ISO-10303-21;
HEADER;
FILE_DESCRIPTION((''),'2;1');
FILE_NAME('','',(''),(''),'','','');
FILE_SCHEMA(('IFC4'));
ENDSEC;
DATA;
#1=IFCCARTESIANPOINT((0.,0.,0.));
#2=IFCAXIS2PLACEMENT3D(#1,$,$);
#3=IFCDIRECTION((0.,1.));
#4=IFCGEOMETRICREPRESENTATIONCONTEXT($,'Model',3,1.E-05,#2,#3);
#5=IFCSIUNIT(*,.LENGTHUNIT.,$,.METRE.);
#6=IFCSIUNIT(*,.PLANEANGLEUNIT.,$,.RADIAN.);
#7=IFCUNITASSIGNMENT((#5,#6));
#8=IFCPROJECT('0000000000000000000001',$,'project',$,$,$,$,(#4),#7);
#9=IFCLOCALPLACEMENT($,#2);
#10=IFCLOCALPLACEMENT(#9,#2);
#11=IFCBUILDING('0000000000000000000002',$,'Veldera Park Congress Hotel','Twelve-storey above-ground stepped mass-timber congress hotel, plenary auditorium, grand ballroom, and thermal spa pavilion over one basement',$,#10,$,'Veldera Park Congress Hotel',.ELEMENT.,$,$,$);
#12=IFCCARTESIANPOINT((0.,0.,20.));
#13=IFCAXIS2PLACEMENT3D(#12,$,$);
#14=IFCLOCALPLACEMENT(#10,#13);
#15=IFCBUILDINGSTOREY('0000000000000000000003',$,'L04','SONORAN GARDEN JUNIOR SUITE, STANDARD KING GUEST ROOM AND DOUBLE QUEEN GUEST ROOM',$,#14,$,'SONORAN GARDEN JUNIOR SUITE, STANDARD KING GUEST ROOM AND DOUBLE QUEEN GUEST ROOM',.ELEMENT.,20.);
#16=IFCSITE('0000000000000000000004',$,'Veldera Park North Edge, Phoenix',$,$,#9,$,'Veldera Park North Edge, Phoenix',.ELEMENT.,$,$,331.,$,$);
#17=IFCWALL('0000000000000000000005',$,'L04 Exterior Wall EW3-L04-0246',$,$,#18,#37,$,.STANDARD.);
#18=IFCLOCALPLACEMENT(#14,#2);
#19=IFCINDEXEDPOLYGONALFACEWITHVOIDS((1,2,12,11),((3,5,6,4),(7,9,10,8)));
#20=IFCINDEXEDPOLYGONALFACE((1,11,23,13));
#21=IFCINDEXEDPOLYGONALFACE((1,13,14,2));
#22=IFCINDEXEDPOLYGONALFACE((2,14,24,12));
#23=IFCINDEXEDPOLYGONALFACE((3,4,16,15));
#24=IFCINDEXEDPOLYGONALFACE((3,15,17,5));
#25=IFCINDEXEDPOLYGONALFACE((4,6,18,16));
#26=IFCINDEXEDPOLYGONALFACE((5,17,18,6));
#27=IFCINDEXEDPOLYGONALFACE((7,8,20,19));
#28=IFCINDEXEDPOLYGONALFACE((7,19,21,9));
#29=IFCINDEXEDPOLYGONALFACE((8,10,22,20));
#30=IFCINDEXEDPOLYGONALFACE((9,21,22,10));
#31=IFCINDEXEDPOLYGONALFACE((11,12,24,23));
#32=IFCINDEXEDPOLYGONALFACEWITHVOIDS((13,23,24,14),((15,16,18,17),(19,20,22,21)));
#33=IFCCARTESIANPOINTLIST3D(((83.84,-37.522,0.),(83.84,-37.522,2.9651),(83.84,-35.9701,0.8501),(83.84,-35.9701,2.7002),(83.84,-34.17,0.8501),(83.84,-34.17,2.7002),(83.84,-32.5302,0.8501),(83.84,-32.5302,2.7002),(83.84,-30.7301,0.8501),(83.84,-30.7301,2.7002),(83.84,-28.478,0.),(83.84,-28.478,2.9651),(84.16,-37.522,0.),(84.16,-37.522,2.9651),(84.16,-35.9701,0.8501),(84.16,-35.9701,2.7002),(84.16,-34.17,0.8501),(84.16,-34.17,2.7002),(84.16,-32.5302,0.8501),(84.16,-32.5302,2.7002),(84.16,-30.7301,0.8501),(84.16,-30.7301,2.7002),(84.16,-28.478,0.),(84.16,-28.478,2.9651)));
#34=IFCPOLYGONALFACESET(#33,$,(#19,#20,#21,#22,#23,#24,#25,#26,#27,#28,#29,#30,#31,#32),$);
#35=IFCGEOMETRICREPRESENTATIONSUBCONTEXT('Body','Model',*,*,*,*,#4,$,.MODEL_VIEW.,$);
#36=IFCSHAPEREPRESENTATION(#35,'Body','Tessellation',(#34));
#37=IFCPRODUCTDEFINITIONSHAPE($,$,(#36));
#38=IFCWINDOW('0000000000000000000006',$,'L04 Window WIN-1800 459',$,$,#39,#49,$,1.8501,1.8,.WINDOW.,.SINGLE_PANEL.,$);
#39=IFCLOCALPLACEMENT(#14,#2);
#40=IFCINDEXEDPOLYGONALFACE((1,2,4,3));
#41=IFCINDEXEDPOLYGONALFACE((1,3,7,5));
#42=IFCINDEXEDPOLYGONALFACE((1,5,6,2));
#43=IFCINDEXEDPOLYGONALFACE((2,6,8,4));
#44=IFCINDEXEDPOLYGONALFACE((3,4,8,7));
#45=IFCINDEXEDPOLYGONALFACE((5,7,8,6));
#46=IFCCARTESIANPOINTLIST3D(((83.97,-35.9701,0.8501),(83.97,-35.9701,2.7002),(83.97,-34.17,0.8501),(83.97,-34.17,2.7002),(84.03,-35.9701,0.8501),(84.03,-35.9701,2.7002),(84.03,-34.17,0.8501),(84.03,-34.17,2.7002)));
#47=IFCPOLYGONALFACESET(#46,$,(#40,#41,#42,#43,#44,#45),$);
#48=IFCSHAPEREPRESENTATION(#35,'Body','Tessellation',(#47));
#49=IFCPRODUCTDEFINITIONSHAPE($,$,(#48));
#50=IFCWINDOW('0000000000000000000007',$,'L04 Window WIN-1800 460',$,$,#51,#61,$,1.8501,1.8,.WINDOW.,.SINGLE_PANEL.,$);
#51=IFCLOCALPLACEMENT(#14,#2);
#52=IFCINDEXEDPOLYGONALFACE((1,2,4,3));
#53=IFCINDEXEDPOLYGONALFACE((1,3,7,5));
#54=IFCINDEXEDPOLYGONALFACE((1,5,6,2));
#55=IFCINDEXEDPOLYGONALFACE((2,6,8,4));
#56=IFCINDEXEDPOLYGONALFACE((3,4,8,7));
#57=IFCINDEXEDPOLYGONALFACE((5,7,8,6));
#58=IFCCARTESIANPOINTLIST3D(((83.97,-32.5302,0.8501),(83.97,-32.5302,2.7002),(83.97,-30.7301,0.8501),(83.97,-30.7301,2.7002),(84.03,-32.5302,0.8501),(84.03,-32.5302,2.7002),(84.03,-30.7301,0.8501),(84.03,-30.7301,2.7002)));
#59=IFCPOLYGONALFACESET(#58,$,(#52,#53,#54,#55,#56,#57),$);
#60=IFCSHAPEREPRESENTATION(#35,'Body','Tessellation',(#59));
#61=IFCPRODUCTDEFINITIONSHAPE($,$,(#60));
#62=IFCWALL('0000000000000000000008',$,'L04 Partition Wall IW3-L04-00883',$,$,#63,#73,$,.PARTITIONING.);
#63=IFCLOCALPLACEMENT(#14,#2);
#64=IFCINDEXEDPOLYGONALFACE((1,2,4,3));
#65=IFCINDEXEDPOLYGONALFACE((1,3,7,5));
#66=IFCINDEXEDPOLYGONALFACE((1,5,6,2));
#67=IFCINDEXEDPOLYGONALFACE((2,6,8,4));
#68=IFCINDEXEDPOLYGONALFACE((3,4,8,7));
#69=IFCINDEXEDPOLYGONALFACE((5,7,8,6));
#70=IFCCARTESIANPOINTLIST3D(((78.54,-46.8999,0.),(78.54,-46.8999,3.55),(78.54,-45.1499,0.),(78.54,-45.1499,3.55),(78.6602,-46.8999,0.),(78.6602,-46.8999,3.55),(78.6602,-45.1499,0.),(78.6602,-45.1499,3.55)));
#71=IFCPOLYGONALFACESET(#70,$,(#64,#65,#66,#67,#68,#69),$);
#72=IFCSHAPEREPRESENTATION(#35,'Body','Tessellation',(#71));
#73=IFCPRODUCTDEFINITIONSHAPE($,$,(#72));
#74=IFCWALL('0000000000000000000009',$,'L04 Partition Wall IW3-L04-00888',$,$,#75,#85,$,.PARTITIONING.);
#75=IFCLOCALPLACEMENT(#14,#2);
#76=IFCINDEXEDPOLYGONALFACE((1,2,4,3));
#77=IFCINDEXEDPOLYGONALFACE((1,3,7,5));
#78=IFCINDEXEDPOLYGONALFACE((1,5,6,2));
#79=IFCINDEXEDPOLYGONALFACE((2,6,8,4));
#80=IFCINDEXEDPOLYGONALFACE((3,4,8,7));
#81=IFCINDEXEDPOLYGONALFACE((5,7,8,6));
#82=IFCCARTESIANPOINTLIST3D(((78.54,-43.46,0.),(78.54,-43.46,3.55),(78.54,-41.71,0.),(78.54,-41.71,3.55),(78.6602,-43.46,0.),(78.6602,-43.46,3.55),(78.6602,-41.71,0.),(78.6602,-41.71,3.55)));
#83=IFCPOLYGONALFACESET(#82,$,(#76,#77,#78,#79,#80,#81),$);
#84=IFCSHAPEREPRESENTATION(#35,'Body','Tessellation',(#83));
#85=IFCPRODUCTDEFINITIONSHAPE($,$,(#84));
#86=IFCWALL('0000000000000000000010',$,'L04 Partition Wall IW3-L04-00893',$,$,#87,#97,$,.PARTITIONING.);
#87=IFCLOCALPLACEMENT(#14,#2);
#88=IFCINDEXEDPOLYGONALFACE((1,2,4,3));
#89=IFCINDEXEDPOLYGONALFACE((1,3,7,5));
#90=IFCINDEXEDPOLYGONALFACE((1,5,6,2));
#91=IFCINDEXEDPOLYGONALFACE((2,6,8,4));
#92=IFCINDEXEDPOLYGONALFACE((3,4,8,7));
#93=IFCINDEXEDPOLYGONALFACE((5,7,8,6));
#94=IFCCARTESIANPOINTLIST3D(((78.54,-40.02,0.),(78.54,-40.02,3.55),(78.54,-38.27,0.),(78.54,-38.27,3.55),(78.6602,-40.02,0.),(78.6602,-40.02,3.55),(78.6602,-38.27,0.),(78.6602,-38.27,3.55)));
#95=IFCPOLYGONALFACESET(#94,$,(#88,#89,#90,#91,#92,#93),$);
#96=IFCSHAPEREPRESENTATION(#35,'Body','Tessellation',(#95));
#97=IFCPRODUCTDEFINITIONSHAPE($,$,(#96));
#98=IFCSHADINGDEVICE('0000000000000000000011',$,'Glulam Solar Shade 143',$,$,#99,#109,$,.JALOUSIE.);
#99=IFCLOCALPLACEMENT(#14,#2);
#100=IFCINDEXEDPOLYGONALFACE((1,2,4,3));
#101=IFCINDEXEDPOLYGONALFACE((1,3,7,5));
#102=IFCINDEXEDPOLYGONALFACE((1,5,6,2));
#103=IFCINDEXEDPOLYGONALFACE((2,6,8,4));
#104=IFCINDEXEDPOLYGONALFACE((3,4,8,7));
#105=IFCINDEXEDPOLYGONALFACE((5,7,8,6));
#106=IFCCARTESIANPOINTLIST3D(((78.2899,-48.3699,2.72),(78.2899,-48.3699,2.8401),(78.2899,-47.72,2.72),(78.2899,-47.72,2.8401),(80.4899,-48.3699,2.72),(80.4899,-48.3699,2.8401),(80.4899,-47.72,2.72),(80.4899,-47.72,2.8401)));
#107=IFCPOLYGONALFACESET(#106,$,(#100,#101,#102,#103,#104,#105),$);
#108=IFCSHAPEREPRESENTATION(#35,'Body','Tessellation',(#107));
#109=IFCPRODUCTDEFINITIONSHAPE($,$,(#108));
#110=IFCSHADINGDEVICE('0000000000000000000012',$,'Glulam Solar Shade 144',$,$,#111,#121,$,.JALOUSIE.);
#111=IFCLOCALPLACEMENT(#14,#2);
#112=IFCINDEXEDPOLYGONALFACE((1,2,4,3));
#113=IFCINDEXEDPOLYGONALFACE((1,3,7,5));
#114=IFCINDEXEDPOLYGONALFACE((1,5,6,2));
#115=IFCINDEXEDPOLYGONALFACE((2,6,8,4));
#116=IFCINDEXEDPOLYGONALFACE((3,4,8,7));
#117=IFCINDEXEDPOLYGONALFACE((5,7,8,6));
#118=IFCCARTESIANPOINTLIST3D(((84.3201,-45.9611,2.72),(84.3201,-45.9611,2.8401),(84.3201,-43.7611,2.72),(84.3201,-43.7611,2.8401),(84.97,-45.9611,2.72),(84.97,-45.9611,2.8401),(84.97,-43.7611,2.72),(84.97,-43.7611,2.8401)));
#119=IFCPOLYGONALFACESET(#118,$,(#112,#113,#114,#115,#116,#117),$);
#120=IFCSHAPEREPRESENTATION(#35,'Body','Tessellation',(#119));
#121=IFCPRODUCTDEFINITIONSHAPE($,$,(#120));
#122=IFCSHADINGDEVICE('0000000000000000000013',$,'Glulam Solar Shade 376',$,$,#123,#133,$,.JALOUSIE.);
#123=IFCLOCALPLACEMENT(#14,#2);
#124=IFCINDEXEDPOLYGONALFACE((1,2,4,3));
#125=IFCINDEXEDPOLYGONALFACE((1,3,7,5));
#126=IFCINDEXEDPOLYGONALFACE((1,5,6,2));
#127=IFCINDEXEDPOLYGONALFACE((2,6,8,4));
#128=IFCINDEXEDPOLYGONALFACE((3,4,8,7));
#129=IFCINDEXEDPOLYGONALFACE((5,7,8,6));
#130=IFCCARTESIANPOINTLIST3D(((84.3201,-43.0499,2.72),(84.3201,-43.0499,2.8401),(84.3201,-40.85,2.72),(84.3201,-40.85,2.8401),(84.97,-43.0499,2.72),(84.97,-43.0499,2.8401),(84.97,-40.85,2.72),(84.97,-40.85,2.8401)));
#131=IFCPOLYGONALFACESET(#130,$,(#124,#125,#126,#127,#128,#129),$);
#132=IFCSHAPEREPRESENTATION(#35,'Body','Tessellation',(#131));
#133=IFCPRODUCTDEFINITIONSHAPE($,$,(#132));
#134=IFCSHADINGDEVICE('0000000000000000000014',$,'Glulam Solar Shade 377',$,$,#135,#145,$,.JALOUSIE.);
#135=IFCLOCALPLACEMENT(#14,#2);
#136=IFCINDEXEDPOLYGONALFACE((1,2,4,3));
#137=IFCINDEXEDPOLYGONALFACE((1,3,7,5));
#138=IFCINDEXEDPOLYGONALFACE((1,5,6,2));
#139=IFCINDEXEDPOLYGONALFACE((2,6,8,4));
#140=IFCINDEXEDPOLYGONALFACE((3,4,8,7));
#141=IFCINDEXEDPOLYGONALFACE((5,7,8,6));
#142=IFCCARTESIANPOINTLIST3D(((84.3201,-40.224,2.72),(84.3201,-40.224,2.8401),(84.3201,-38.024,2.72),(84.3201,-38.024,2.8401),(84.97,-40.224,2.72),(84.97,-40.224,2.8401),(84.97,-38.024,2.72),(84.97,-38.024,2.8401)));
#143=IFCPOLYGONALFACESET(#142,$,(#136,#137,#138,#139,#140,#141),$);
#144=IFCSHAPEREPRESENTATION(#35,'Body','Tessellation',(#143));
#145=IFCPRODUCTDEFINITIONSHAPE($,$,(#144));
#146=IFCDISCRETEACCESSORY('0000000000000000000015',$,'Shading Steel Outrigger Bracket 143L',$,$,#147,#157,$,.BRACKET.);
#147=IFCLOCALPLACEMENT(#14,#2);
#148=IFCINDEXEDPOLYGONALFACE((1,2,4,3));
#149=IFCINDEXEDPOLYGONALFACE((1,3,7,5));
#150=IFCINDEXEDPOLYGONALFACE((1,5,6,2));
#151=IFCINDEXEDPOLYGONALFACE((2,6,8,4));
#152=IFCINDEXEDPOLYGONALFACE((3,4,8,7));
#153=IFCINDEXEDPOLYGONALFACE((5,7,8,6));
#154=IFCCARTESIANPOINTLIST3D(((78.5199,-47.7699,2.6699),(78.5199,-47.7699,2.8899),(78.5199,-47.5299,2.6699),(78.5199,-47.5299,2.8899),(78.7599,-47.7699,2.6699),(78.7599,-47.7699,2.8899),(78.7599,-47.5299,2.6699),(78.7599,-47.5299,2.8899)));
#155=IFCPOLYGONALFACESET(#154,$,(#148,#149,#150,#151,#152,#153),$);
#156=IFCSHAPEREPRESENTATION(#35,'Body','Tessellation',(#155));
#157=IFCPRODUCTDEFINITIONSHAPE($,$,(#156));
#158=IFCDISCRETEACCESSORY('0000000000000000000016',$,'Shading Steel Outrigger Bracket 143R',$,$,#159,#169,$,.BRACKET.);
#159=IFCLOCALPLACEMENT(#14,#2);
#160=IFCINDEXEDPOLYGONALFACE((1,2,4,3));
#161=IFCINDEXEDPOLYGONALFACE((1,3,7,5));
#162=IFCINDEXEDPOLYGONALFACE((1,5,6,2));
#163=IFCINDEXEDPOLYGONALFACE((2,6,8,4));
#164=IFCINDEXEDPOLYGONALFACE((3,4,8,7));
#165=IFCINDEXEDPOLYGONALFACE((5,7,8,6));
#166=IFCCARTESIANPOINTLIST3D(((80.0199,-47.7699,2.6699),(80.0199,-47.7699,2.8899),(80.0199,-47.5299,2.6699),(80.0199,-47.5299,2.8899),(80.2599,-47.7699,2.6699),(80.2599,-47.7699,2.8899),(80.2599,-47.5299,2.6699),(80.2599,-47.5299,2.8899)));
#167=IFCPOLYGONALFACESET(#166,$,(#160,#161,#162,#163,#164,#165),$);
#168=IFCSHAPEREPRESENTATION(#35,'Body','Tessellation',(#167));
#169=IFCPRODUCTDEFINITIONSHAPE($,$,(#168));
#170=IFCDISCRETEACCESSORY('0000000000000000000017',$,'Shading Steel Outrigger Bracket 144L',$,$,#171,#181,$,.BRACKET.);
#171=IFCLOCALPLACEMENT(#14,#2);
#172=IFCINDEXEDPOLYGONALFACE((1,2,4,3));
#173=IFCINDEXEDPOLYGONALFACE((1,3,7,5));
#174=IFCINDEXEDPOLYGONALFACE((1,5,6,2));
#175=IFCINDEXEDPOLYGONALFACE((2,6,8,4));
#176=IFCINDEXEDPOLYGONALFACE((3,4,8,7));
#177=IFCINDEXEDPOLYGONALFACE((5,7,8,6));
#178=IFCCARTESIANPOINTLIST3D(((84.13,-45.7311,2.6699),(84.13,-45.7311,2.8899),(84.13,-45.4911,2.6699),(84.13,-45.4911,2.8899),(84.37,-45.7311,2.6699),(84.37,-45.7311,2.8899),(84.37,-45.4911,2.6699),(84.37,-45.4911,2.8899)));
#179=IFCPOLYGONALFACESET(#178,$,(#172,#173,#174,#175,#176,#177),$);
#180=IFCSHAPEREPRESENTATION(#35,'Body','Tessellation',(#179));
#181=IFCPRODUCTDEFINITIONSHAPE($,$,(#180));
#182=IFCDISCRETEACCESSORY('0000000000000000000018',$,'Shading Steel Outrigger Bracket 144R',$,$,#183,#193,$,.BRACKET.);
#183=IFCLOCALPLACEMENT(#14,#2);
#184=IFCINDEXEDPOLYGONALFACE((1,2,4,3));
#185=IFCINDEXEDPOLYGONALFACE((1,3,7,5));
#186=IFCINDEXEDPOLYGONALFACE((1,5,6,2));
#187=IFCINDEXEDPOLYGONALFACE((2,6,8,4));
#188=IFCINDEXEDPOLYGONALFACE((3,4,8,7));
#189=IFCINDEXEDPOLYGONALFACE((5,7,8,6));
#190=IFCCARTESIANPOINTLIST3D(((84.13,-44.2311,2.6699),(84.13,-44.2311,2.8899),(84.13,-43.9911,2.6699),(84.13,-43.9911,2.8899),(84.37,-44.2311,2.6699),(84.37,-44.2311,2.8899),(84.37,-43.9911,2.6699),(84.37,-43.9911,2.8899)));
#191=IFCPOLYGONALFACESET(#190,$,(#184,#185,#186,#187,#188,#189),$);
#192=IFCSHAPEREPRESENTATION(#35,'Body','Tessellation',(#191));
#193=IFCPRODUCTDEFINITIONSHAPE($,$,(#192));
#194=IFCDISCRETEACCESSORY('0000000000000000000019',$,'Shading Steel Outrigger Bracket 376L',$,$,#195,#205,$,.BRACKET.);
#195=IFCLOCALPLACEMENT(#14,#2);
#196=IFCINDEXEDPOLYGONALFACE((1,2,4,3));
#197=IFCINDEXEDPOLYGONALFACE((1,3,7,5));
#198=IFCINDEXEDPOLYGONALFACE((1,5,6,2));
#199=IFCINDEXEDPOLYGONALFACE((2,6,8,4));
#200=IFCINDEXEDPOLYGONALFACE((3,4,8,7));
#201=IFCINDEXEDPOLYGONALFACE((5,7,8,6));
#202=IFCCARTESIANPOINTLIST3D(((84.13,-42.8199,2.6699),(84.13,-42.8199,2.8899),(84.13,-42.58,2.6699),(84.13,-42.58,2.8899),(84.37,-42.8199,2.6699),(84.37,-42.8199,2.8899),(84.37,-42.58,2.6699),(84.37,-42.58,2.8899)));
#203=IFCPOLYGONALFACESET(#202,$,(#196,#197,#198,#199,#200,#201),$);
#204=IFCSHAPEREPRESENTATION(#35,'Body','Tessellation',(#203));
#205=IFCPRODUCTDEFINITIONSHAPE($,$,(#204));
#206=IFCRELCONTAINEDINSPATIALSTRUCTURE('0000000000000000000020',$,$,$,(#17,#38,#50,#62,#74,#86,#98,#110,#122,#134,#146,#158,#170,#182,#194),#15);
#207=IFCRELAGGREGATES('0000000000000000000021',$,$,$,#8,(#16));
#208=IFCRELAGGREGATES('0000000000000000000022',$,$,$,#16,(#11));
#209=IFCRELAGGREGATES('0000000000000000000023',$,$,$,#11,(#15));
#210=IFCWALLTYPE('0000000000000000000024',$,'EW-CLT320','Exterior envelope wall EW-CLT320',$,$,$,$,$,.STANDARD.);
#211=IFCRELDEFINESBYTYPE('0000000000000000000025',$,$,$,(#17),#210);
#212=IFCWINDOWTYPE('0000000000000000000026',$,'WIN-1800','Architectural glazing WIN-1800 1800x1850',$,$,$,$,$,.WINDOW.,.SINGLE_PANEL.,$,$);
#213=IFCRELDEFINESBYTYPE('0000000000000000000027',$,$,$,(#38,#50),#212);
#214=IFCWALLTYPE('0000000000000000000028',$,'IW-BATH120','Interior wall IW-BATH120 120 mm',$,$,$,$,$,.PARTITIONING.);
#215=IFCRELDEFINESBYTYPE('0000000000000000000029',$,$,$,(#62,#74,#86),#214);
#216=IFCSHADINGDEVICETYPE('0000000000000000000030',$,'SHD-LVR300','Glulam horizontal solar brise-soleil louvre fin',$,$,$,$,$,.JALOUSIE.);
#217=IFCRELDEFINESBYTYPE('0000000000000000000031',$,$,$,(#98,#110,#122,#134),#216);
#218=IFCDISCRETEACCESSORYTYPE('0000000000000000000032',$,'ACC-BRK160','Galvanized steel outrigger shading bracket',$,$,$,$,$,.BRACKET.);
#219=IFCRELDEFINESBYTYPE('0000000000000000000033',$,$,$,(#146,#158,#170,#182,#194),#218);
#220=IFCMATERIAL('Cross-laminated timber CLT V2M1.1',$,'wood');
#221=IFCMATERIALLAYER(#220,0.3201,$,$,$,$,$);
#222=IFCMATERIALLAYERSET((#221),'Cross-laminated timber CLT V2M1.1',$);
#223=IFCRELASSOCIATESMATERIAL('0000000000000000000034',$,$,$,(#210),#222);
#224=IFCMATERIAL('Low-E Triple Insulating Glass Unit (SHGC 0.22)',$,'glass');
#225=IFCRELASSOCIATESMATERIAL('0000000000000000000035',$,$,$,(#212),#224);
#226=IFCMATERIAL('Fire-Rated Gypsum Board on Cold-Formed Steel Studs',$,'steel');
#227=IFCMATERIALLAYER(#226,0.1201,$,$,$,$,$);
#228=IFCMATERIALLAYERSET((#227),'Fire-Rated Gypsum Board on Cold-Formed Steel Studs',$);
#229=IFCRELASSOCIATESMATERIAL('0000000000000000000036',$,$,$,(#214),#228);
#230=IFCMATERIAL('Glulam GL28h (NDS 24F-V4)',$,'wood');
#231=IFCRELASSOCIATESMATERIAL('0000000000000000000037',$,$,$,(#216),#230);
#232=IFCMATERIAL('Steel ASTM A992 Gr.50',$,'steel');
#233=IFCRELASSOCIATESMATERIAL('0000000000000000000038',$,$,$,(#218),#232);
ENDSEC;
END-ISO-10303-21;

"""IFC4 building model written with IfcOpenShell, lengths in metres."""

from ifc_helpers import new_model, si_unit, direction, frame, frame_2d, origin, origin_2d, place, context, subcontext, project, spatial, rectangle, extrude, material, layer, layer_set, type_object, element, fill, save


model = new_model("IFC4")

# Units and contexts
model_context = context("Model", 3, precision=1e-05, world=origin(), true_north=direction((0.0, 1.0)))
body_context = subcontext(model_context, "Body", "Model", "MODEL_VIEW")
ifc_project = project(units=[si_unit("LENGTHUNIT", "METRE"), si_unit("PLANEANGLEUNIT", "RADIAN")], contexts=[model_context])

# Site, building, storey
site_placement = place(None, origin())
site = spatial("IfcSite", under=ifc_project, at=site_placement, Name="Veldera Park North Edge, Phoenix", LongName="Veldera Park North Edge, Phoenix", CompositionType="ELEMENT", RefElevation=331.0)
building_placement = place(site_placement, origin())
building = spatial("IfcBuilding", under=site, at=building_placement, Name="Veldera Park Congress Hotel", Description="Twelve-storey above-ground stepped mass-timber congress hotel, plenary auditorium, grand ballroom, and thermal spa pavilion over one basement", LongName="Veldera Park Congress Hotel", CompositionType="ELEMENT")
storey_placement = place(building_placement, frame((0.0, 0.0, 20.0)))
storey = spatial("IfcBuildingStorey", under=building, at=storey_placement, Name="L04", Description="SONORAN GARDEN JUNIOR SUITE, STANDARD KING GUEST ROOM AND DOUBLE QUEEN GUEST ROOM", LongName="SONORAN GARDEN JUNIOR SUITE, STANDARD KING GUEST ROOM AND DOUBLE QUEEN GUEST ROOM", CompositionType="ELEMENT", Elevation=20.0)

# Shared definitions
ifc_material_1 = material(Name="Glulam GL28h (NDS 24F-V4)", Category="wood")

# Wall, openings, windows
ifc_material_2 = material(Name="Cross-laminated timber CLT V2M1.1", Category="wood")
ifc_layer_1 = layer(ifc_material_2, 0.3201)
ifc_layer_set_1 = layer_set([ifc_layer_1], Name="Cross-laminated timber CLT V2M1.1")
wall_type_1 = type_object("IfcWallType", Name="EW-CLT320", Description="Exterior envelope wall EW-CLT320", PredefinedType="STANDARD", material=ifc_layer_set_1)
ifc_material_3 = material(Name="Low-E Triple Insulating Glass Unit (SHGC 0.22)", Category="glass")
window_type = type_object("IfcWindowType", Name="WIN-1800", Description="Architectural glazing WIN-1800 1800x1850", PartitioningType="SINGLE_PANEL", PredefinedType="WINDOW", material=ifc_material_3)
wall_1_placement = place(storey_placement, frame((84.0, -37.522, 0.0), z_axis=(0.0, 0.0, 1.0), x_axis=(0.0, 1.0, 0.0)))
wall_1 = element("IfcWall", 1, at=wall_1_placement, inside=storey, type_object=wall_type_1, Name="L04 Exterior Wall EW3-L04-0246", PredefinedType="STANDARD", context=body_context, shape_type="SweptSolid", body=[
    extrude(rectangle(XDim=9.0439, YDim=0.3201, at=frame_2d((4.522, 0.0))), origin(), (0.0, 0.0, 1.0), 2.9651),
])
opening_1_placement = place(wall_1_placement, frame((1.552, 0.0, 0.8501)))
opening_1 = element("IfcOpeningElement", 2, at=opening_1_placement, cuts=wall_1, PredefinedType="OPENING", context=body_context, shape_type="SweptSolid", body=[
    extrude(rectangle(XDim=1.8, YDim=1.8501, at=frame_2d((0.8999, 0.925))), frame((0.0, 0.1721, 0.0), z_axis=(0.0, -1.0, 0.0), x_axis=(1.0, 0.0, 0.0)), (0.0, 0.0, 1.0), 0.344),
])
opening_2_placement = place(wall_1_placement, frame((4.9919, 0.0, 0.8501)))
opening_2 = element("IfcOpeningElement", 3, at=opening_2_placement, cuts=wall_1, PredefinedType="OPENING", context=body_context, shape_type="SweptSolid", body=[
    extrude(rectangle(XDim=1.8, YDim=1.8501, at=frame_2d((0.8999, 0.925))), frame((0.0, 0.1721, 0.0), z_axis=(0.0, -1.0, 0.0), x_axis=(1.0, 0.0, 0.0)), (0.0, 0.0, 1.0), 0.344),
])
window_1_placement = place(opening_1_placement, origin())
window_1 = element("IfcWindow", 4, at=window_1_placement, inside=storey, type_object=window_type, Name="L04 Window WIN-1800 459", OverallHeight=1.8501, OverallWidth=1.8, PartitioningType="SINGLE_PANEL", PredefinedType="WINDOW", context=body_context, shape_type="SweptSolid", body=[
    extrude(rectangle(XDim=1.8, YDim=1.8501, at=frame_2d((0.8999, 0.925))), frame((0.0, 0.03, 0.0), z_axis=(0.0, -1.0, 0.0), x_axis=(1.0, 0.0, 0.0)), (0.0, 0.0, 1.0), 0.0601),
])
fill(opening_1, window_1)
window_2_placement = place(opening_2_placement, origin())
window_2 = element("IfcWindow", 5, at=window_2_placement, inside=storey, type_object=window_type, Name="L04 Window WIN-1800 460", OverallHeight=1.8501, OverallWidth=1.8, PartitioningType="SINGLE_PANEL", PredefinedType="WINDOW", context=body_context, shape_type="SweptSolid", body=[
    extrude(rectangle(XDim=1.8, YDim=1.8501, at=frame_2d((0.8999, 0.925))), frame((0.0, 0.03, 0.0), z_axis=(0.0, -1.0, 0.0), x_axis=(1.0, 0.0, 0.0)), (0.0, 0.0, 1.0), 0.0601),
])
fill(opening_2, window_2)

# Walls
ifc_material_4 = material(Name="Fire-Rated Gypsum Board on Cold-Formed Steel Studs", Category="steel")
ifc_layer_2 = layer(ifc_material_4, 0.1201)
ifc_layer_set_2 = layer_set([ifc_layer_2], Name="Fire-Rated Gypsum Board on Cold-Formed Steel Studs")
wall_type_2 = type_object("IfcWallType", Name="IW-BATH120", Description="Interior wall IW-BATH120 120 mm", PredefinedType="PARTITIONING", material=ifc_layer_set_2)
for number, where, z_axis, x_axis, name in (
    (6, (78.6001, -46.8999, 0.0), (0.0, 0.0, 1.0), (0.0, 1.0, 0.0), "L04 Partition Wall IW3-L04-00883"),
    (7, (78.6001, -43.46, 0.0), (0.0, 0.0, 1.0), (0.0, 1.0, 0.0), "L04 Partition Wall IW3-L04-00888"),
    (8, (78.6001, -40.02, 0.0), (0.0, 0.0, 1.0), (0.0, 1.0, 0.0), "L04 Partition Wall IW3-L04-00893"),
):
    element("IfcWall", number, at=place(storey_placement, frame(where, z_axis=z_axis, x_axis=x_axis)), inside=storey, type_object=wall_type_2, Name=name, PredefinedType="PARTITIONING", context=body_context, shape_type="SweptSolid", body=[
        extrude(rectangle(XDim=1.75, YDim=0.1201, at=frame_2d((0.875, 0.0))), origin(), (0.0, 0.0, 1.0), 3.55),
    ])

# Shading devices
shading_device_type = type_object("IfcShadingDeviceType", Name="SHD-LVR300", Description="Glulam horizontal solar brise-soleil louvre fin", PredefinedType="JALOUSIE", material=ifc_material_1)
for number, where, z_axis, x_axis, name in (
    (9, (79.3899, -48.0449, 2.72), (0.0, 0.0, 1.0), (1.0, 0.0, 0.0), "Glulam Solar Shade 143"),
    (10, (84.645, -44.8611, 2.72), (0.0, 0.0, 1.0), (0.0, 1.0, 0.0), "Glulam Solar Shade 144"),
    (11, (84.645, -41.95, 2.72), (0.0, 0.0, 1.0), (0.0, 1.0, 0.0), "Glulam Solar Shade 376"),
    (12, (84.645, -39.124, 2.72), (0.0, 0.0, 1.0), (0.0, 1.0, 0.0), "Glulam Solar Shade 377"),
):
    element("IfcShadingDevice", number, at=place(storey_placement, frame(where, z_axis=z_axis, x_axis=x_axis)), inside=storey, type_object=shading_device_type, Name=name, PredefinedType="JALOUSIE", context=body_context, shape_type="SweptSolid", body=[
        extrude(rectangle(XDim=2.2, YDim=0.6499, at=origin_2d()), origin(), (0.0, 0.0, 1.0), 0.1201),
    ])

# Discrete accessories
ifc_material_5 = material(Name="Steel ASTM A992 Gr.50", Category="steel")
discrete_accessory_type = type_object("IfcDiscreteAccessoryType", Name="ACC-BRK160", Description="Galvanized steel outrigger shading bracket", PredefinedType="BRACKET", material=ifc_material_5)
for number, where, z_axis, x_axis, name in (
    (13, (78.6399, -47.6499, 2.6699), (0.0, 0.0, 1.0), (1.0, 0.0, 0.0), "Shading Steel Outrigger Bracket 143L"),
    (14, (80.1399, -47.6499, 2.6699), (0.0, 0.0, 1.0), (1.0, 0.0, 0.0), "Shading Steel Outrigger Bracket 143R"),
    (15, (84.25, -45.6111, 2.6699), (0.0, 0.0, 1.0), (0.0, 1.0, 0.0), "Shading Steel Outrigger Bracket 144L"),
    (16, (84.25, -44.1111, 2.6699), (0.0, 0.0, 1.0), (0.0, 1.0, 0.0), "Shading Steel Outrigger Bracket 144R"),
    (17, (84.25, -42.7, 2.6699), (0.0, 0.0, 1.0), (0.0, 1.0, 0.0), "Shading Steel Outrigger Bracket 376L"),
):
    element("IfcDiscreteAccessory", number, at=place(storey_placement, frame(where, z_axis=z_axis, x_axis=x_axis)), inside=storey, type_object=discrete_accessory_type, Name=name, PredefinedType="BRACKET", context=body_context, shape_type="SweptSolid", body=[
        extrude(rectangle(XDim=0.24, YDim=0.24, at=origin_2d()), origin(), (0.0, 0.0, 1.0), 0.22),
    ])

save(model, "model.ifc")
